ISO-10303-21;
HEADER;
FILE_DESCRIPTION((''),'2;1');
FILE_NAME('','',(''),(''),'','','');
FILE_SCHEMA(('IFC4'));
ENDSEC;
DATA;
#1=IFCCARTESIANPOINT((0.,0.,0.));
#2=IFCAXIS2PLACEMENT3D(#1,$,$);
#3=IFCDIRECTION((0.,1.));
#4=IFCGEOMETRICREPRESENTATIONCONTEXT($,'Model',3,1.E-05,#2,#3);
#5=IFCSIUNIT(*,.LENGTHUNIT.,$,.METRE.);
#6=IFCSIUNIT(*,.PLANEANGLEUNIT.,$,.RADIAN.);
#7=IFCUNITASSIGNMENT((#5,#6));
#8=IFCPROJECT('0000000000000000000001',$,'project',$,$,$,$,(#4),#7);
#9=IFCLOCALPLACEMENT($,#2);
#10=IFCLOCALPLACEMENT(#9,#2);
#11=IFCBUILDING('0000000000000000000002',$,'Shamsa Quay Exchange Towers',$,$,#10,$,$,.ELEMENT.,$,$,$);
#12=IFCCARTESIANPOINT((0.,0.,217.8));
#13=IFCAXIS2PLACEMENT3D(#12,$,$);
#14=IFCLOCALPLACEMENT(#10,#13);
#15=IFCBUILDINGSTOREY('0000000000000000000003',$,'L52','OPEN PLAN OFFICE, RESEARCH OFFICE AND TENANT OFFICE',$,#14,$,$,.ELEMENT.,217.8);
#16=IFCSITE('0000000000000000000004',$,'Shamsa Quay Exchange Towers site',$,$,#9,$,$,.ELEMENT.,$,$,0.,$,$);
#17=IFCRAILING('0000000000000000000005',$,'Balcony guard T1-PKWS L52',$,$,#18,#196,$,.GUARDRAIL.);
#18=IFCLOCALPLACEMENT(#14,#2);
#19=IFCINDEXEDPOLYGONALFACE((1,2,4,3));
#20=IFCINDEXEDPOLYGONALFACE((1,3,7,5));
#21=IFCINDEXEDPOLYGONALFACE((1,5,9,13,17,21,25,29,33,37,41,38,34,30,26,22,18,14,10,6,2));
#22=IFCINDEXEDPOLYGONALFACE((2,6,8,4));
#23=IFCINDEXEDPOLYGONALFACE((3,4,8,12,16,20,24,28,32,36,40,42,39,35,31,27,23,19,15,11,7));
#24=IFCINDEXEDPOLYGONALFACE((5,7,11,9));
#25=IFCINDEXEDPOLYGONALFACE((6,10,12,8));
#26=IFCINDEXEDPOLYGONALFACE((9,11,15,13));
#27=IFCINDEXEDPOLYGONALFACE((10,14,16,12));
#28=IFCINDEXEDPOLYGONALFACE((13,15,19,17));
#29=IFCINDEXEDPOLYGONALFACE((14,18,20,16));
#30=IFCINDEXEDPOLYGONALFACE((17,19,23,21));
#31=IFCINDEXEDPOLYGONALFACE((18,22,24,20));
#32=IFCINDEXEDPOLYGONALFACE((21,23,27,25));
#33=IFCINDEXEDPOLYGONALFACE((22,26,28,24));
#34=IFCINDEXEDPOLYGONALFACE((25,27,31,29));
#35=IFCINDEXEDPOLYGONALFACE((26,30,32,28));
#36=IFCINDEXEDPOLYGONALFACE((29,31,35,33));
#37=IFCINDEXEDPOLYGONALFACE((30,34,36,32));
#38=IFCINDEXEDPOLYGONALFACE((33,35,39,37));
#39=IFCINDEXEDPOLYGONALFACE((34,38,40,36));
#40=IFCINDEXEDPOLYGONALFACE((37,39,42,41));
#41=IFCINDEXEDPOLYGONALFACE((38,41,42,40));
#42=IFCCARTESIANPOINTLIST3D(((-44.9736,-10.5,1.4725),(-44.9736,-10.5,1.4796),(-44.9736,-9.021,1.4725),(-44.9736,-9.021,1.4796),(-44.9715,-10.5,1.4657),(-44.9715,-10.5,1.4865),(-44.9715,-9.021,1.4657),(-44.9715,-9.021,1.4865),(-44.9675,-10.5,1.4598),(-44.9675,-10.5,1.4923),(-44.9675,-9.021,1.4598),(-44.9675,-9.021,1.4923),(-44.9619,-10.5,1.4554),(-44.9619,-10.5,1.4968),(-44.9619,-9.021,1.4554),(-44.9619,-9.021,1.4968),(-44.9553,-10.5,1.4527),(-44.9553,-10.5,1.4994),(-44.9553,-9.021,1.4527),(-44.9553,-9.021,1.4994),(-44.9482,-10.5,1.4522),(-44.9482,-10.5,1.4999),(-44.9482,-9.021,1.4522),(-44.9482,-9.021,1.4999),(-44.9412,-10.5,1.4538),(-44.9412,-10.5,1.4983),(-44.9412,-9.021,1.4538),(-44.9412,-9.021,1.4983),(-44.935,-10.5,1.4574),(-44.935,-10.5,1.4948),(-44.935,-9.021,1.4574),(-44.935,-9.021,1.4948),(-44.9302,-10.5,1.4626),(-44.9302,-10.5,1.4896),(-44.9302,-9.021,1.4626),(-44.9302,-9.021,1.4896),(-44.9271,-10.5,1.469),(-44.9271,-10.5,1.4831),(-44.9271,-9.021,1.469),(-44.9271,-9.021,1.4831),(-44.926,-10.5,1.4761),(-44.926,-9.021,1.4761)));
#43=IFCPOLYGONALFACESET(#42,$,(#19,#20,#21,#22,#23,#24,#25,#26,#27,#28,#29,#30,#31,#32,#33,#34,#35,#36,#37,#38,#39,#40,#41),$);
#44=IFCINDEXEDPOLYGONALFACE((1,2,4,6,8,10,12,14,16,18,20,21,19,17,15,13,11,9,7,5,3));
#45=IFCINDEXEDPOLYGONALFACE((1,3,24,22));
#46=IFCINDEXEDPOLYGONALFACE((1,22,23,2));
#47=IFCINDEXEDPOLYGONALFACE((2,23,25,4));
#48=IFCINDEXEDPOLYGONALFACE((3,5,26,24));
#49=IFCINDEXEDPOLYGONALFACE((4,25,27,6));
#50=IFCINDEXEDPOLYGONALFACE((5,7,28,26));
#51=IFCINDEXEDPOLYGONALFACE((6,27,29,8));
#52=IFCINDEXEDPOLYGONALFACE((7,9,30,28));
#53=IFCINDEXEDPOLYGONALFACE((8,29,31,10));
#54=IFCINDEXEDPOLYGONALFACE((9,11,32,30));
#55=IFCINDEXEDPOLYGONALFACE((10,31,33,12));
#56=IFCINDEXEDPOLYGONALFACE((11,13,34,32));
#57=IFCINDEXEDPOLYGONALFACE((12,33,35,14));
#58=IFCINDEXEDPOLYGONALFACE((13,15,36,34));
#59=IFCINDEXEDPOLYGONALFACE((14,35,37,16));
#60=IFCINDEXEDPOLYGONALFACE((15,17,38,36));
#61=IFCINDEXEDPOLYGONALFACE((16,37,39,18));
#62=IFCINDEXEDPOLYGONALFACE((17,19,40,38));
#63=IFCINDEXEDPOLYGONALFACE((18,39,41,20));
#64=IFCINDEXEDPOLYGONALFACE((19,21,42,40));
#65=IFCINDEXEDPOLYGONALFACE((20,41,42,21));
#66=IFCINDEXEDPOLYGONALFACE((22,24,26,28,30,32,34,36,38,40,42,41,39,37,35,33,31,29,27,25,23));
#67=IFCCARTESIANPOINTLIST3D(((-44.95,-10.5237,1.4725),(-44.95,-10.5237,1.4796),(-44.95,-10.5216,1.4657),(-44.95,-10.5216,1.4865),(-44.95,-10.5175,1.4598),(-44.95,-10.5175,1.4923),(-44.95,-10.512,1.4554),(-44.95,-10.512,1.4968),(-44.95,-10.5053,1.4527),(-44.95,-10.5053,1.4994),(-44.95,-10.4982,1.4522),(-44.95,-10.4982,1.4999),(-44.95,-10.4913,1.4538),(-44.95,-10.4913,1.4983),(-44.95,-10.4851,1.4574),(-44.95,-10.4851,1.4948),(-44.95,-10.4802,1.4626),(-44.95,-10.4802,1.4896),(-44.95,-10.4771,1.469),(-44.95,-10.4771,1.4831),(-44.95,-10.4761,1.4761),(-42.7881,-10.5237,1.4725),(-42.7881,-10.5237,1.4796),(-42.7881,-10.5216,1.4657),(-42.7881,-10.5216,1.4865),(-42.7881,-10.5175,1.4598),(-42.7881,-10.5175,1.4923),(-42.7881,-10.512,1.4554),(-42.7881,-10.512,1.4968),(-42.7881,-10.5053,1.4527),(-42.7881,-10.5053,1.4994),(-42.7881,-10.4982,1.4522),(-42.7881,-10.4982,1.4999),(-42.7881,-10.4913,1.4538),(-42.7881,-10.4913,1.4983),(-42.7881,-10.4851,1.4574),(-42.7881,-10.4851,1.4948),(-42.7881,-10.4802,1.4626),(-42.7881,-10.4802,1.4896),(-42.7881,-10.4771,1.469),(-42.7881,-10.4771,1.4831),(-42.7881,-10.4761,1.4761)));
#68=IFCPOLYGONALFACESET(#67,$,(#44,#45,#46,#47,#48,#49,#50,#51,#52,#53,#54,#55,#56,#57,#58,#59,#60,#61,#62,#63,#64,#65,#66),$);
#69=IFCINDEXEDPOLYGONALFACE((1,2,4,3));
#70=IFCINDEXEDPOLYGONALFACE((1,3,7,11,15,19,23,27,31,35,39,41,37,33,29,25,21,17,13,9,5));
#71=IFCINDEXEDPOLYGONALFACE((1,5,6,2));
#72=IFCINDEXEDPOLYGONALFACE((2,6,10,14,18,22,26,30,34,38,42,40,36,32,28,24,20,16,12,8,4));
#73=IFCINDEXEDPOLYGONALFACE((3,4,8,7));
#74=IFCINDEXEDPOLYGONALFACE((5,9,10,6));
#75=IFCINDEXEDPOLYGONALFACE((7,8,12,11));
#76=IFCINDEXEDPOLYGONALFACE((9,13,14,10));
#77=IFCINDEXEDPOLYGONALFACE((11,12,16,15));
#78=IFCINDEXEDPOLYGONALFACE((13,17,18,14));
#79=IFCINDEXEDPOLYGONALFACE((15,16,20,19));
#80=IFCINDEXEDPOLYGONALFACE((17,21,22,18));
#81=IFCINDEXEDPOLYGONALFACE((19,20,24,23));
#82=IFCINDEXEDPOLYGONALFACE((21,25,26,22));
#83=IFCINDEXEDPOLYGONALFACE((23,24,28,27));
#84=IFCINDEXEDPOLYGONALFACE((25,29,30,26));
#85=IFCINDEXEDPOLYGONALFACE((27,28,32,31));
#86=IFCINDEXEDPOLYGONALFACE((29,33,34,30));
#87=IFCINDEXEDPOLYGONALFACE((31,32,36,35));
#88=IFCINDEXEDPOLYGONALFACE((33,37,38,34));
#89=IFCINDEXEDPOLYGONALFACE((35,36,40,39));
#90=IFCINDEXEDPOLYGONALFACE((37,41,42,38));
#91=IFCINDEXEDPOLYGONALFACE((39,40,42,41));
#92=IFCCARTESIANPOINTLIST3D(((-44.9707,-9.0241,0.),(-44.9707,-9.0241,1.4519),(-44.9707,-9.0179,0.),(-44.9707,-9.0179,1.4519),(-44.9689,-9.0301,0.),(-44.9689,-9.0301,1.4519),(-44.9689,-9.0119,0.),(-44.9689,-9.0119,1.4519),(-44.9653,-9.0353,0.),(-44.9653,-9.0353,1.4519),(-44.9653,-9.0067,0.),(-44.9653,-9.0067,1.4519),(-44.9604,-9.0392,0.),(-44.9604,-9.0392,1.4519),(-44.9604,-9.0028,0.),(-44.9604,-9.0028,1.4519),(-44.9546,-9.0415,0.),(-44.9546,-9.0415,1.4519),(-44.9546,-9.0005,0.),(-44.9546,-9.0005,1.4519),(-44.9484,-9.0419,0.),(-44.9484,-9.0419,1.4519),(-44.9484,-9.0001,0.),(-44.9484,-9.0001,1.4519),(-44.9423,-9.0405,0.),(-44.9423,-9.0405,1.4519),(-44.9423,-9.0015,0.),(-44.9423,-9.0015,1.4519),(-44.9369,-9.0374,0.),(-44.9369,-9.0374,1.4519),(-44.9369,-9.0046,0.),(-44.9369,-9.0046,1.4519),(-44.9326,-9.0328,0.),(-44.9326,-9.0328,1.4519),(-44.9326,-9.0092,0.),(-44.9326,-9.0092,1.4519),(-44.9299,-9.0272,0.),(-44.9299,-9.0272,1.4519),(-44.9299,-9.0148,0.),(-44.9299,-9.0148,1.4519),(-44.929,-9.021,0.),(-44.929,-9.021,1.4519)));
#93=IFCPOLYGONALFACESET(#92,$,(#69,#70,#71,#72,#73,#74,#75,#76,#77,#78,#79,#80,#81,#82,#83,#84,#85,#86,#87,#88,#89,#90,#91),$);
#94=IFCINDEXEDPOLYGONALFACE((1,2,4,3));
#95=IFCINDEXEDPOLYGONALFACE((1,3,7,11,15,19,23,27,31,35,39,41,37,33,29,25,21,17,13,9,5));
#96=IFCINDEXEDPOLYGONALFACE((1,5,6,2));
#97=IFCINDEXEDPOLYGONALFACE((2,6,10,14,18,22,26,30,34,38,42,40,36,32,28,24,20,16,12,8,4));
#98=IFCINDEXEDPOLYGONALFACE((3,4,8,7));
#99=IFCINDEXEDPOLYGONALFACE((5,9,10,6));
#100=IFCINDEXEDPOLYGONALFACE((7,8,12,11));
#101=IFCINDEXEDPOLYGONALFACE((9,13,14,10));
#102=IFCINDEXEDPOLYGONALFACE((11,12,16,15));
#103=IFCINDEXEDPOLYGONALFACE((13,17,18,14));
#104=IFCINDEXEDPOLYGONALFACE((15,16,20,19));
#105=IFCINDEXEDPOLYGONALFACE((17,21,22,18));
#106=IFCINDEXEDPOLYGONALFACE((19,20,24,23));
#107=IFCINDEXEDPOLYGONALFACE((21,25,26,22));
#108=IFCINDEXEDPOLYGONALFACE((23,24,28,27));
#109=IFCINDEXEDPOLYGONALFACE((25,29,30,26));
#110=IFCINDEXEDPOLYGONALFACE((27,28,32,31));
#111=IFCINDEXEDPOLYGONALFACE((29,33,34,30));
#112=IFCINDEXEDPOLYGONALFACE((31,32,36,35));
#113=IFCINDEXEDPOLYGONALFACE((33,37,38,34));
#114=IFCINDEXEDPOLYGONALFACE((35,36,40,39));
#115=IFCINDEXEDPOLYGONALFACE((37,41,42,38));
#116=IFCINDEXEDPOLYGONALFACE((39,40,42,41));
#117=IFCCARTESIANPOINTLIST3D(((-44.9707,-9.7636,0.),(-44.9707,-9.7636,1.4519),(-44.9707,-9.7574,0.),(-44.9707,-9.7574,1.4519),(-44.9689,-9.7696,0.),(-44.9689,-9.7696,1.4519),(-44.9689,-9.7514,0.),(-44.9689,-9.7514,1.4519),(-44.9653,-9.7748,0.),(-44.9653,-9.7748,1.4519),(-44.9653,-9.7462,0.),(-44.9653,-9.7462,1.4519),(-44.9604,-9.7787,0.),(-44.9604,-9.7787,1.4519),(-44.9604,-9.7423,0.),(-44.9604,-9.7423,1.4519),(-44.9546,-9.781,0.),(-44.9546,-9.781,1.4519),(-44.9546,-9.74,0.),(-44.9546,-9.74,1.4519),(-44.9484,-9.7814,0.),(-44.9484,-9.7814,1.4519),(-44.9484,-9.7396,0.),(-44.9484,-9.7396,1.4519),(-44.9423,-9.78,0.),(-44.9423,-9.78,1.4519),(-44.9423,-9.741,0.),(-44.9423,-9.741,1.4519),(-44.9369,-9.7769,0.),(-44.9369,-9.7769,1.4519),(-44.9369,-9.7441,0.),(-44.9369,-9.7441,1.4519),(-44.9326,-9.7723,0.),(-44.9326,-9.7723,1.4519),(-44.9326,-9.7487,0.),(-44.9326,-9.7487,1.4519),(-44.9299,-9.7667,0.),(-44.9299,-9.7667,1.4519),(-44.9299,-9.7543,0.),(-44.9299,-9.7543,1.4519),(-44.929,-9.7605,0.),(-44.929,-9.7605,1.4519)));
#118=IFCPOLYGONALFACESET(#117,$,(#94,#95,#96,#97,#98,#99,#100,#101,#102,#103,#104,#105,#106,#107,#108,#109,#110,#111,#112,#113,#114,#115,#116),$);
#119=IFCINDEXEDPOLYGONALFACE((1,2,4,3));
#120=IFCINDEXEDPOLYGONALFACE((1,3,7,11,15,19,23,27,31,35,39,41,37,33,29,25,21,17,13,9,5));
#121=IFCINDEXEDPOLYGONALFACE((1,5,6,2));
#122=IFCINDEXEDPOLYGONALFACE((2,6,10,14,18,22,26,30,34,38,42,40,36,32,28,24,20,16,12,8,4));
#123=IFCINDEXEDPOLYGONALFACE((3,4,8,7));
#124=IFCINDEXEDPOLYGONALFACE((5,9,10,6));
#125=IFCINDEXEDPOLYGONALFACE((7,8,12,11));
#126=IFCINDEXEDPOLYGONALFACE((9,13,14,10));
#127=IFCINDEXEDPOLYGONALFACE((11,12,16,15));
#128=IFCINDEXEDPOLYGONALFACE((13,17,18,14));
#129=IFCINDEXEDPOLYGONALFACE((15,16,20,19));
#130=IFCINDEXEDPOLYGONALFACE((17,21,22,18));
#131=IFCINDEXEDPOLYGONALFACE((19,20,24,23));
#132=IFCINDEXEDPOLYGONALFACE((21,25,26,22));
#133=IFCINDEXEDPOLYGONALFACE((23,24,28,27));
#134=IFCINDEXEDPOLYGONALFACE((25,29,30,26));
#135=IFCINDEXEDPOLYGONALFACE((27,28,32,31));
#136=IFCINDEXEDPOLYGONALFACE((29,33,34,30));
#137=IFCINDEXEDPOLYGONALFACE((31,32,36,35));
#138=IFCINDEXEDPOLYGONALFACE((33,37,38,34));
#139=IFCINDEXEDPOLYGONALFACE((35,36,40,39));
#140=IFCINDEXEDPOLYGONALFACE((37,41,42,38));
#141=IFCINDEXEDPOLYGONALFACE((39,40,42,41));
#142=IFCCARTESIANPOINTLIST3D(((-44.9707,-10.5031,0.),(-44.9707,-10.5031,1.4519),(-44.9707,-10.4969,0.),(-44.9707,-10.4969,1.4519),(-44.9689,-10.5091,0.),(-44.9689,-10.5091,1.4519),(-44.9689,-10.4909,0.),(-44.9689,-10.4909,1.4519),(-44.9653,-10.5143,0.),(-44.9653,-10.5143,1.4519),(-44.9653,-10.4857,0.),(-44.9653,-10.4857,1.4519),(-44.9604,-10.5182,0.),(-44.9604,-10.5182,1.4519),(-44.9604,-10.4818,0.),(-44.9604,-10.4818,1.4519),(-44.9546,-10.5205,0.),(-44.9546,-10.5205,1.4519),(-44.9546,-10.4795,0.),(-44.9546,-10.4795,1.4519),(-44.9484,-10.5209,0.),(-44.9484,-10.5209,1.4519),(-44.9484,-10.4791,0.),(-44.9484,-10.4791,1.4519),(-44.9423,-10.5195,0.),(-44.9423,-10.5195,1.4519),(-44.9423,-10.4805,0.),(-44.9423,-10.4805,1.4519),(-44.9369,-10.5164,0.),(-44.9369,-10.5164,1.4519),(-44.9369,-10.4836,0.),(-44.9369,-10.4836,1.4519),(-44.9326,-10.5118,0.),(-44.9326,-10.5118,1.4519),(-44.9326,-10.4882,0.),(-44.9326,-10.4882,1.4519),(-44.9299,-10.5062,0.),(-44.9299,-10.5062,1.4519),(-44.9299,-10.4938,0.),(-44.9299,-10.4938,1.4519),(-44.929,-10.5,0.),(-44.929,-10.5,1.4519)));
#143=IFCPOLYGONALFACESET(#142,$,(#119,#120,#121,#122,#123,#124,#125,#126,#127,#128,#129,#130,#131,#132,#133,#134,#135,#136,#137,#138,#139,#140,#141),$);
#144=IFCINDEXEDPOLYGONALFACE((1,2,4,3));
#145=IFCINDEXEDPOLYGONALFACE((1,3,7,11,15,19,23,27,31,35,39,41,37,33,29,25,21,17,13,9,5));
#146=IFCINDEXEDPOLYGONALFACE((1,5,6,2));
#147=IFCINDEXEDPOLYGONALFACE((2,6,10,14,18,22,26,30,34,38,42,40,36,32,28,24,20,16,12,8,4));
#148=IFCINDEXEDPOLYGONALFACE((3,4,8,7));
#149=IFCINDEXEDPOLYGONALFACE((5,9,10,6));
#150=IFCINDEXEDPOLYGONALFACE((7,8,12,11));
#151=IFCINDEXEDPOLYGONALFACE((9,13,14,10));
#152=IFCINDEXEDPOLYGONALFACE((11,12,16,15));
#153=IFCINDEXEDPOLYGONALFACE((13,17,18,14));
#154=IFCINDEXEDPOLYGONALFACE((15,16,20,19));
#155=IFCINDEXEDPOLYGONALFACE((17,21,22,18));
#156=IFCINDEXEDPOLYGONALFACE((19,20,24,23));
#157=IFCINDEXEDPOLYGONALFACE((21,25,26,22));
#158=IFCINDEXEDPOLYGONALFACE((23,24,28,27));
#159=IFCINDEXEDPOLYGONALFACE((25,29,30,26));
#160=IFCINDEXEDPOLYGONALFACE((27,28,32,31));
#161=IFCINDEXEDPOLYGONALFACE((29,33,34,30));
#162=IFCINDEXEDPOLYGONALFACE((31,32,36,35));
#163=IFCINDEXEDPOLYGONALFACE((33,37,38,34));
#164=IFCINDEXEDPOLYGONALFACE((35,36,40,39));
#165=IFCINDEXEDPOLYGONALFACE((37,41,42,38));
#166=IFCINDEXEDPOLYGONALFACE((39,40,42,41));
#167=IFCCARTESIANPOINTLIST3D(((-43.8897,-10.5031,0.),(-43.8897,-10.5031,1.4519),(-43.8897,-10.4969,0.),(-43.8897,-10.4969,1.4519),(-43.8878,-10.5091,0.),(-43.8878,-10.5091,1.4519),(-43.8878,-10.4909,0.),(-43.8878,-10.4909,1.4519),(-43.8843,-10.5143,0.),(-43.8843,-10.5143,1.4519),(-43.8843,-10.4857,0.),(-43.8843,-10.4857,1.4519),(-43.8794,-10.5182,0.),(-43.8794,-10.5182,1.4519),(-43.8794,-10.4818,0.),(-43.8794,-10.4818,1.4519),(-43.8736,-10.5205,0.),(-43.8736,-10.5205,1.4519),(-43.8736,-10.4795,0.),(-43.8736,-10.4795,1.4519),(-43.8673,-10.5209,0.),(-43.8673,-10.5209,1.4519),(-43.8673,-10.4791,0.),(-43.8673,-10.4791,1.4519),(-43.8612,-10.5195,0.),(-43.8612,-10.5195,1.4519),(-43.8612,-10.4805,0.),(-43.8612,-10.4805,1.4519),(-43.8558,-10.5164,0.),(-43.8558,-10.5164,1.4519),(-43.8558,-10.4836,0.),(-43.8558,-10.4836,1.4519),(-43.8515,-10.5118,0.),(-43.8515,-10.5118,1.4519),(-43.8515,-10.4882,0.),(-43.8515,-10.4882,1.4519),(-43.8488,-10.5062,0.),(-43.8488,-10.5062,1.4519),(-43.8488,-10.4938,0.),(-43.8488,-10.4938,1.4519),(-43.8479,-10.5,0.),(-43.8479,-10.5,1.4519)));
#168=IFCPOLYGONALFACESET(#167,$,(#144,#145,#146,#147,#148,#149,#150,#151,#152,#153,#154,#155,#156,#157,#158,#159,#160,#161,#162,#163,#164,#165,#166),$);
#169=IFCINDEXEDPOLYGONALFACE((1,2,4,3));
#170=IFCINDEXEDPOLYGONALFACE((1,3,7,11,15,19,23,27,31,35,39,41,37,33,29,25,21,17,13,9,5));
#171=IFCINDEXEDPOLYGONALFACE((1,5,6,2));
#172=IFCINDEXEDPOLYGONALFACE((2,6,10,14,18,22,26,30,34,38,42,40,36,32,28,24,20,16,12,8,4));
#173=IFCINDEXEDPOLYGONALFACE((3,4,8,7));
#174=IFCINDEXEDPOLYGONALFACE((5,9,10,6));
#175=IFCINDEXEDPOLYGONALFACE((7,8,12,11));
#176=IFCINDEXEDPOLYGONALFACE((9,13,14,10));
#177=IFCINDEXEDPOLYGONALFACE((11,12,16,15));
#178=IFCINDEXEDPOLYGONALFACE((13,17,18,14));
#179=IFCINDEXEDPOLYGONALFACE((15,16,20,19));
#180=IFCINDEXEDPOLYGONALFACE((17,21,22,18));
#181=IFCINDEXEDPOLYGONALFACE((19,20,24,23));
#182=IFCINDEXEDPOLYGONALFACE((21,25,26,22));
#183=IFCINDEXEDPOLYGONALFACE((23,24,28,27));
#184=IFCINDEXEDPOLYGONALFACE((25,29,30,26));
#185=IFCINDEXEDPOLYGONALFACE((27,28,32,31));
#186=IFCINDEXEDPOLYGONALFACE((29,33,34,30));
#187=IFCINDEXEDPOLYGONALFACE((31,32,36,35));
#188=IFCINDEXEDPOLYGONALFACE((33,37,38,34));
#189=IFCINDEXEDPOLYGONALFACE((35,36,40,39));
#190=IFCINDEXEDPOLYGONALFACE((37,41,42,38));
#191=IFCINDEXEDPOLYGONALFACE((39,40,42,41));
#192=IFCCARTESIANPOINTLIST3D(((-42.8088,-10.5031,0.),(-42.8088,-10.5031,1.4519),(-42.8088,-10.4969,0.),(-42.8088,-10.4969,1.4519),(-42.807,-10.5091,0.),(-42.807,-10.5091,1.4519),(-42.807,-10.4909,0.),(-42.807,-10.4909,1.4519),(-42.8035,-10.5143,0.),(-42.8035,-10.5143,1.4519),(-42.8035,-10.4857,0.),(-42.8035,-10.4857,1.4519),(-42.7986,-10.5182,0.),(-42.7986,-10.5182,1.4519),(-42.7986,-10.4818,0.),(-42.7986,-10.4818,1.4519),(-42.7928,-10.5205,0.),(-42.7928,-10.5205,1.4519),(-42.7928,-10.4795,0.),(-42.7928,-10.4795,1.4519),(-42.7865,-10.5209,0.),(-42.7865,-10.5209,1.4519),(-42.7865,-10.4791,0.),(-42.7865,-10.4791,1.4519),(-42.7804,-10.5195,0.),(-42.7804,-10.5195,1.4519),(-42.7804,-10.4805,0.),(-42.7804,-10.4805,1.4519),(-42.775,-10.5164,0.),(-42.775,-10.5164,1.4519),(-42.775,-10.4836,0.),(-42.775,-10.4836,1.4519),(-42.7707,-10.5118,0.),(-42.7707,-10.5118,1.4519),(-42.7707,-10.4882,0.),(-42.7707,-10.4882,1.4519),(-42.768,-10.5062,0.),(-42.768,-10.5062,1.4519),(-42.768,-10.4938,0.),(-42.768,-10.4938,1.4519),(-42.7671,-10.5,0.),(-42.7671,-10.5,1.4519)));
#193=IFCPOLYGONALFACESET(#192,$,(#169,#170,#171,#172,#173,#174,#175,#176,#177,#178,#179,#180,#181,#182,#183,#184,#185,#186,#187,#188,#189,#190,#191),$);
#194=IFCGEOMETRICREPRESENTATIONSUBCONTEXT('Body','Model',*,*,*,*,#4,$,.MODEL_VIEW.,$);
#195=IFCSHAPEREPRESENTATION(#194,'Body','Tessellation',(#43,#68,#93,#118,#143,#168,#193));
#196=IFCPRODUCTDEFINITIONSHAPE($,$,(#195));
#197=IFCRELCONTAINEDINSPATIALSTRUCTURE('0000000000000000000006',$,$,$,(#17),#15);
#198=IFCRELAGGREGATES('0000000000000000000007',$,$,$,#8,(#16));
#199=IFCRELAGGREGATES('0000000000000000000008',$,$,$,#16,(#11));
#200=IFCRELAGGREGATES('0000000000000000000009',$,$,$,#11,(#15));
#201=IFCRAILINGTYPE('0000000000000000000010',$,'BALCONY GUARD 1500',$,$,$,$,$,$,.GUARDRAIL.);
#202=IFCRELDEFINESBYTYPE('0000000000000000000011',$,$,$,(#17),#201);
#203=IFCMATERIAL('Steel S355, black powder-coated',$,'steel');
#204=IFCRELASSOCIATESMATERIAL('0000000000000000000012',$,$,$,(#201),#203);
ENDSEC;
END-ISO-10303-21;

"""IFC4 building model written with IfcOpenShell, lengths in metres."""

from ifc_helpers import new_model, si_unit, direction, frame, origin, origin_2d, place, context, subcontext, project, spatial, circle, extrude, material, type_object, element, save


model = new_model("IFC4")

# Units and contexts
model_context = context("Model", 3, precision=1e-05, world=origin(), true_north=direction((0.0, 1.0)))
body_context = subcontext(model_context, "Body", "Model", "MODEL_VIEW")
ifc_project = project(units=[si_unit("LENGTHUNIT", "METRE"), si_unit("PLANEANGLEUNIT", "RADIAN")], contexts=[model_context])

# Site, building, storey
site_placement = place(None, origin())
site = spatial("IfcSite", under=ifc_project, at=site_placement, Name="Shamsa Quay Exchange Towers site", CompositionType="ELEMENT", RefElevation=0.0)
building_placement = place(site_placement, origin())
building = spatial("IfcBuilding", under=site, at=building_placement, Name="Shamsa Quay Exchange Towers", CompositionType="ELEMENT")
storey_placement = place(building_placement, frame((0.0, 0.0, 217.8)))
storey = spatial("IfcBuildingStorey", under=building, at=storey_placement, Name="L52", Description="OPEN PLAN OFFICE, RESEARCH OFFICE AND TENANT OFFICE", CompositionType="ELEMENT", Elevation=217.8)

# Railing
ifc_material_1 = material(Name="Steel S355, black powder-coated", Category="steel")
railing_type_1 = type_object("IfcRailingType", Name="BALCONY GUARD 1500", PredefinedType="GUARDRAIL", material=ifc_material_1)
for number, where, name in (
    (1, (-44.95, -9.021, 0.0), "Balcony guard T1-PKWS L52"),
):
    element("IfcRailing", number, at=place(storey_placement, frame(where)), inside=storey, type_object=railing_type_1, Name=name, PredefinedType="GUARDRAIL", context=body_context, shape_type="SweptSolid", body=[
        extrude(circle(Radius=0.0239, at=origin_2d()), frame((0.0, 0.0, 1.4761), z_axis=(0.0, -1.0, 0.0), x_axis=(1.0, 0.0, 0.0)), (0.0, 0.0, 1.0), 1.479),
        extrude(circle(Radius=0.0239, at=origin_2d()), frame((0.0, -1.479, 1.4761), z_axis=(1.0, 0.0, 0.0), x_axis=(0.0, 1.0, 0.0)), (0.0, 0.0, 1.0), 2.1619),
        extrude(circle(Radius=0.021, at=origin_2d()), origin(), (0.0, 0.0, 1.0), 1.4519),
        extrude(circle(Radius=0.021, at=origin_2d()), frame((0.0, -0.7395, 0.0)), (0.0, 0.0, 1.0), 1.4519),
        extrude(circle(Radius=0.021, at=origin_2d()), frame((0.0, -1.479, 0.0)), (0.0, 0.0, 1.0), 1.4519),
        extrude(circle(Radius=0.021, at=origin_2d()), frame((1.0811, -1.479, 0.0)), (0.0, 0.0, 1.0), 1.4519),
        extrude(circle(Radius=0.021, at=origin_2d()), frame((2.1619, -1.479, 0.0)), (0.0, 0.0, 1.0), 1.4519),
    ])

save(model, "model.ifc")
